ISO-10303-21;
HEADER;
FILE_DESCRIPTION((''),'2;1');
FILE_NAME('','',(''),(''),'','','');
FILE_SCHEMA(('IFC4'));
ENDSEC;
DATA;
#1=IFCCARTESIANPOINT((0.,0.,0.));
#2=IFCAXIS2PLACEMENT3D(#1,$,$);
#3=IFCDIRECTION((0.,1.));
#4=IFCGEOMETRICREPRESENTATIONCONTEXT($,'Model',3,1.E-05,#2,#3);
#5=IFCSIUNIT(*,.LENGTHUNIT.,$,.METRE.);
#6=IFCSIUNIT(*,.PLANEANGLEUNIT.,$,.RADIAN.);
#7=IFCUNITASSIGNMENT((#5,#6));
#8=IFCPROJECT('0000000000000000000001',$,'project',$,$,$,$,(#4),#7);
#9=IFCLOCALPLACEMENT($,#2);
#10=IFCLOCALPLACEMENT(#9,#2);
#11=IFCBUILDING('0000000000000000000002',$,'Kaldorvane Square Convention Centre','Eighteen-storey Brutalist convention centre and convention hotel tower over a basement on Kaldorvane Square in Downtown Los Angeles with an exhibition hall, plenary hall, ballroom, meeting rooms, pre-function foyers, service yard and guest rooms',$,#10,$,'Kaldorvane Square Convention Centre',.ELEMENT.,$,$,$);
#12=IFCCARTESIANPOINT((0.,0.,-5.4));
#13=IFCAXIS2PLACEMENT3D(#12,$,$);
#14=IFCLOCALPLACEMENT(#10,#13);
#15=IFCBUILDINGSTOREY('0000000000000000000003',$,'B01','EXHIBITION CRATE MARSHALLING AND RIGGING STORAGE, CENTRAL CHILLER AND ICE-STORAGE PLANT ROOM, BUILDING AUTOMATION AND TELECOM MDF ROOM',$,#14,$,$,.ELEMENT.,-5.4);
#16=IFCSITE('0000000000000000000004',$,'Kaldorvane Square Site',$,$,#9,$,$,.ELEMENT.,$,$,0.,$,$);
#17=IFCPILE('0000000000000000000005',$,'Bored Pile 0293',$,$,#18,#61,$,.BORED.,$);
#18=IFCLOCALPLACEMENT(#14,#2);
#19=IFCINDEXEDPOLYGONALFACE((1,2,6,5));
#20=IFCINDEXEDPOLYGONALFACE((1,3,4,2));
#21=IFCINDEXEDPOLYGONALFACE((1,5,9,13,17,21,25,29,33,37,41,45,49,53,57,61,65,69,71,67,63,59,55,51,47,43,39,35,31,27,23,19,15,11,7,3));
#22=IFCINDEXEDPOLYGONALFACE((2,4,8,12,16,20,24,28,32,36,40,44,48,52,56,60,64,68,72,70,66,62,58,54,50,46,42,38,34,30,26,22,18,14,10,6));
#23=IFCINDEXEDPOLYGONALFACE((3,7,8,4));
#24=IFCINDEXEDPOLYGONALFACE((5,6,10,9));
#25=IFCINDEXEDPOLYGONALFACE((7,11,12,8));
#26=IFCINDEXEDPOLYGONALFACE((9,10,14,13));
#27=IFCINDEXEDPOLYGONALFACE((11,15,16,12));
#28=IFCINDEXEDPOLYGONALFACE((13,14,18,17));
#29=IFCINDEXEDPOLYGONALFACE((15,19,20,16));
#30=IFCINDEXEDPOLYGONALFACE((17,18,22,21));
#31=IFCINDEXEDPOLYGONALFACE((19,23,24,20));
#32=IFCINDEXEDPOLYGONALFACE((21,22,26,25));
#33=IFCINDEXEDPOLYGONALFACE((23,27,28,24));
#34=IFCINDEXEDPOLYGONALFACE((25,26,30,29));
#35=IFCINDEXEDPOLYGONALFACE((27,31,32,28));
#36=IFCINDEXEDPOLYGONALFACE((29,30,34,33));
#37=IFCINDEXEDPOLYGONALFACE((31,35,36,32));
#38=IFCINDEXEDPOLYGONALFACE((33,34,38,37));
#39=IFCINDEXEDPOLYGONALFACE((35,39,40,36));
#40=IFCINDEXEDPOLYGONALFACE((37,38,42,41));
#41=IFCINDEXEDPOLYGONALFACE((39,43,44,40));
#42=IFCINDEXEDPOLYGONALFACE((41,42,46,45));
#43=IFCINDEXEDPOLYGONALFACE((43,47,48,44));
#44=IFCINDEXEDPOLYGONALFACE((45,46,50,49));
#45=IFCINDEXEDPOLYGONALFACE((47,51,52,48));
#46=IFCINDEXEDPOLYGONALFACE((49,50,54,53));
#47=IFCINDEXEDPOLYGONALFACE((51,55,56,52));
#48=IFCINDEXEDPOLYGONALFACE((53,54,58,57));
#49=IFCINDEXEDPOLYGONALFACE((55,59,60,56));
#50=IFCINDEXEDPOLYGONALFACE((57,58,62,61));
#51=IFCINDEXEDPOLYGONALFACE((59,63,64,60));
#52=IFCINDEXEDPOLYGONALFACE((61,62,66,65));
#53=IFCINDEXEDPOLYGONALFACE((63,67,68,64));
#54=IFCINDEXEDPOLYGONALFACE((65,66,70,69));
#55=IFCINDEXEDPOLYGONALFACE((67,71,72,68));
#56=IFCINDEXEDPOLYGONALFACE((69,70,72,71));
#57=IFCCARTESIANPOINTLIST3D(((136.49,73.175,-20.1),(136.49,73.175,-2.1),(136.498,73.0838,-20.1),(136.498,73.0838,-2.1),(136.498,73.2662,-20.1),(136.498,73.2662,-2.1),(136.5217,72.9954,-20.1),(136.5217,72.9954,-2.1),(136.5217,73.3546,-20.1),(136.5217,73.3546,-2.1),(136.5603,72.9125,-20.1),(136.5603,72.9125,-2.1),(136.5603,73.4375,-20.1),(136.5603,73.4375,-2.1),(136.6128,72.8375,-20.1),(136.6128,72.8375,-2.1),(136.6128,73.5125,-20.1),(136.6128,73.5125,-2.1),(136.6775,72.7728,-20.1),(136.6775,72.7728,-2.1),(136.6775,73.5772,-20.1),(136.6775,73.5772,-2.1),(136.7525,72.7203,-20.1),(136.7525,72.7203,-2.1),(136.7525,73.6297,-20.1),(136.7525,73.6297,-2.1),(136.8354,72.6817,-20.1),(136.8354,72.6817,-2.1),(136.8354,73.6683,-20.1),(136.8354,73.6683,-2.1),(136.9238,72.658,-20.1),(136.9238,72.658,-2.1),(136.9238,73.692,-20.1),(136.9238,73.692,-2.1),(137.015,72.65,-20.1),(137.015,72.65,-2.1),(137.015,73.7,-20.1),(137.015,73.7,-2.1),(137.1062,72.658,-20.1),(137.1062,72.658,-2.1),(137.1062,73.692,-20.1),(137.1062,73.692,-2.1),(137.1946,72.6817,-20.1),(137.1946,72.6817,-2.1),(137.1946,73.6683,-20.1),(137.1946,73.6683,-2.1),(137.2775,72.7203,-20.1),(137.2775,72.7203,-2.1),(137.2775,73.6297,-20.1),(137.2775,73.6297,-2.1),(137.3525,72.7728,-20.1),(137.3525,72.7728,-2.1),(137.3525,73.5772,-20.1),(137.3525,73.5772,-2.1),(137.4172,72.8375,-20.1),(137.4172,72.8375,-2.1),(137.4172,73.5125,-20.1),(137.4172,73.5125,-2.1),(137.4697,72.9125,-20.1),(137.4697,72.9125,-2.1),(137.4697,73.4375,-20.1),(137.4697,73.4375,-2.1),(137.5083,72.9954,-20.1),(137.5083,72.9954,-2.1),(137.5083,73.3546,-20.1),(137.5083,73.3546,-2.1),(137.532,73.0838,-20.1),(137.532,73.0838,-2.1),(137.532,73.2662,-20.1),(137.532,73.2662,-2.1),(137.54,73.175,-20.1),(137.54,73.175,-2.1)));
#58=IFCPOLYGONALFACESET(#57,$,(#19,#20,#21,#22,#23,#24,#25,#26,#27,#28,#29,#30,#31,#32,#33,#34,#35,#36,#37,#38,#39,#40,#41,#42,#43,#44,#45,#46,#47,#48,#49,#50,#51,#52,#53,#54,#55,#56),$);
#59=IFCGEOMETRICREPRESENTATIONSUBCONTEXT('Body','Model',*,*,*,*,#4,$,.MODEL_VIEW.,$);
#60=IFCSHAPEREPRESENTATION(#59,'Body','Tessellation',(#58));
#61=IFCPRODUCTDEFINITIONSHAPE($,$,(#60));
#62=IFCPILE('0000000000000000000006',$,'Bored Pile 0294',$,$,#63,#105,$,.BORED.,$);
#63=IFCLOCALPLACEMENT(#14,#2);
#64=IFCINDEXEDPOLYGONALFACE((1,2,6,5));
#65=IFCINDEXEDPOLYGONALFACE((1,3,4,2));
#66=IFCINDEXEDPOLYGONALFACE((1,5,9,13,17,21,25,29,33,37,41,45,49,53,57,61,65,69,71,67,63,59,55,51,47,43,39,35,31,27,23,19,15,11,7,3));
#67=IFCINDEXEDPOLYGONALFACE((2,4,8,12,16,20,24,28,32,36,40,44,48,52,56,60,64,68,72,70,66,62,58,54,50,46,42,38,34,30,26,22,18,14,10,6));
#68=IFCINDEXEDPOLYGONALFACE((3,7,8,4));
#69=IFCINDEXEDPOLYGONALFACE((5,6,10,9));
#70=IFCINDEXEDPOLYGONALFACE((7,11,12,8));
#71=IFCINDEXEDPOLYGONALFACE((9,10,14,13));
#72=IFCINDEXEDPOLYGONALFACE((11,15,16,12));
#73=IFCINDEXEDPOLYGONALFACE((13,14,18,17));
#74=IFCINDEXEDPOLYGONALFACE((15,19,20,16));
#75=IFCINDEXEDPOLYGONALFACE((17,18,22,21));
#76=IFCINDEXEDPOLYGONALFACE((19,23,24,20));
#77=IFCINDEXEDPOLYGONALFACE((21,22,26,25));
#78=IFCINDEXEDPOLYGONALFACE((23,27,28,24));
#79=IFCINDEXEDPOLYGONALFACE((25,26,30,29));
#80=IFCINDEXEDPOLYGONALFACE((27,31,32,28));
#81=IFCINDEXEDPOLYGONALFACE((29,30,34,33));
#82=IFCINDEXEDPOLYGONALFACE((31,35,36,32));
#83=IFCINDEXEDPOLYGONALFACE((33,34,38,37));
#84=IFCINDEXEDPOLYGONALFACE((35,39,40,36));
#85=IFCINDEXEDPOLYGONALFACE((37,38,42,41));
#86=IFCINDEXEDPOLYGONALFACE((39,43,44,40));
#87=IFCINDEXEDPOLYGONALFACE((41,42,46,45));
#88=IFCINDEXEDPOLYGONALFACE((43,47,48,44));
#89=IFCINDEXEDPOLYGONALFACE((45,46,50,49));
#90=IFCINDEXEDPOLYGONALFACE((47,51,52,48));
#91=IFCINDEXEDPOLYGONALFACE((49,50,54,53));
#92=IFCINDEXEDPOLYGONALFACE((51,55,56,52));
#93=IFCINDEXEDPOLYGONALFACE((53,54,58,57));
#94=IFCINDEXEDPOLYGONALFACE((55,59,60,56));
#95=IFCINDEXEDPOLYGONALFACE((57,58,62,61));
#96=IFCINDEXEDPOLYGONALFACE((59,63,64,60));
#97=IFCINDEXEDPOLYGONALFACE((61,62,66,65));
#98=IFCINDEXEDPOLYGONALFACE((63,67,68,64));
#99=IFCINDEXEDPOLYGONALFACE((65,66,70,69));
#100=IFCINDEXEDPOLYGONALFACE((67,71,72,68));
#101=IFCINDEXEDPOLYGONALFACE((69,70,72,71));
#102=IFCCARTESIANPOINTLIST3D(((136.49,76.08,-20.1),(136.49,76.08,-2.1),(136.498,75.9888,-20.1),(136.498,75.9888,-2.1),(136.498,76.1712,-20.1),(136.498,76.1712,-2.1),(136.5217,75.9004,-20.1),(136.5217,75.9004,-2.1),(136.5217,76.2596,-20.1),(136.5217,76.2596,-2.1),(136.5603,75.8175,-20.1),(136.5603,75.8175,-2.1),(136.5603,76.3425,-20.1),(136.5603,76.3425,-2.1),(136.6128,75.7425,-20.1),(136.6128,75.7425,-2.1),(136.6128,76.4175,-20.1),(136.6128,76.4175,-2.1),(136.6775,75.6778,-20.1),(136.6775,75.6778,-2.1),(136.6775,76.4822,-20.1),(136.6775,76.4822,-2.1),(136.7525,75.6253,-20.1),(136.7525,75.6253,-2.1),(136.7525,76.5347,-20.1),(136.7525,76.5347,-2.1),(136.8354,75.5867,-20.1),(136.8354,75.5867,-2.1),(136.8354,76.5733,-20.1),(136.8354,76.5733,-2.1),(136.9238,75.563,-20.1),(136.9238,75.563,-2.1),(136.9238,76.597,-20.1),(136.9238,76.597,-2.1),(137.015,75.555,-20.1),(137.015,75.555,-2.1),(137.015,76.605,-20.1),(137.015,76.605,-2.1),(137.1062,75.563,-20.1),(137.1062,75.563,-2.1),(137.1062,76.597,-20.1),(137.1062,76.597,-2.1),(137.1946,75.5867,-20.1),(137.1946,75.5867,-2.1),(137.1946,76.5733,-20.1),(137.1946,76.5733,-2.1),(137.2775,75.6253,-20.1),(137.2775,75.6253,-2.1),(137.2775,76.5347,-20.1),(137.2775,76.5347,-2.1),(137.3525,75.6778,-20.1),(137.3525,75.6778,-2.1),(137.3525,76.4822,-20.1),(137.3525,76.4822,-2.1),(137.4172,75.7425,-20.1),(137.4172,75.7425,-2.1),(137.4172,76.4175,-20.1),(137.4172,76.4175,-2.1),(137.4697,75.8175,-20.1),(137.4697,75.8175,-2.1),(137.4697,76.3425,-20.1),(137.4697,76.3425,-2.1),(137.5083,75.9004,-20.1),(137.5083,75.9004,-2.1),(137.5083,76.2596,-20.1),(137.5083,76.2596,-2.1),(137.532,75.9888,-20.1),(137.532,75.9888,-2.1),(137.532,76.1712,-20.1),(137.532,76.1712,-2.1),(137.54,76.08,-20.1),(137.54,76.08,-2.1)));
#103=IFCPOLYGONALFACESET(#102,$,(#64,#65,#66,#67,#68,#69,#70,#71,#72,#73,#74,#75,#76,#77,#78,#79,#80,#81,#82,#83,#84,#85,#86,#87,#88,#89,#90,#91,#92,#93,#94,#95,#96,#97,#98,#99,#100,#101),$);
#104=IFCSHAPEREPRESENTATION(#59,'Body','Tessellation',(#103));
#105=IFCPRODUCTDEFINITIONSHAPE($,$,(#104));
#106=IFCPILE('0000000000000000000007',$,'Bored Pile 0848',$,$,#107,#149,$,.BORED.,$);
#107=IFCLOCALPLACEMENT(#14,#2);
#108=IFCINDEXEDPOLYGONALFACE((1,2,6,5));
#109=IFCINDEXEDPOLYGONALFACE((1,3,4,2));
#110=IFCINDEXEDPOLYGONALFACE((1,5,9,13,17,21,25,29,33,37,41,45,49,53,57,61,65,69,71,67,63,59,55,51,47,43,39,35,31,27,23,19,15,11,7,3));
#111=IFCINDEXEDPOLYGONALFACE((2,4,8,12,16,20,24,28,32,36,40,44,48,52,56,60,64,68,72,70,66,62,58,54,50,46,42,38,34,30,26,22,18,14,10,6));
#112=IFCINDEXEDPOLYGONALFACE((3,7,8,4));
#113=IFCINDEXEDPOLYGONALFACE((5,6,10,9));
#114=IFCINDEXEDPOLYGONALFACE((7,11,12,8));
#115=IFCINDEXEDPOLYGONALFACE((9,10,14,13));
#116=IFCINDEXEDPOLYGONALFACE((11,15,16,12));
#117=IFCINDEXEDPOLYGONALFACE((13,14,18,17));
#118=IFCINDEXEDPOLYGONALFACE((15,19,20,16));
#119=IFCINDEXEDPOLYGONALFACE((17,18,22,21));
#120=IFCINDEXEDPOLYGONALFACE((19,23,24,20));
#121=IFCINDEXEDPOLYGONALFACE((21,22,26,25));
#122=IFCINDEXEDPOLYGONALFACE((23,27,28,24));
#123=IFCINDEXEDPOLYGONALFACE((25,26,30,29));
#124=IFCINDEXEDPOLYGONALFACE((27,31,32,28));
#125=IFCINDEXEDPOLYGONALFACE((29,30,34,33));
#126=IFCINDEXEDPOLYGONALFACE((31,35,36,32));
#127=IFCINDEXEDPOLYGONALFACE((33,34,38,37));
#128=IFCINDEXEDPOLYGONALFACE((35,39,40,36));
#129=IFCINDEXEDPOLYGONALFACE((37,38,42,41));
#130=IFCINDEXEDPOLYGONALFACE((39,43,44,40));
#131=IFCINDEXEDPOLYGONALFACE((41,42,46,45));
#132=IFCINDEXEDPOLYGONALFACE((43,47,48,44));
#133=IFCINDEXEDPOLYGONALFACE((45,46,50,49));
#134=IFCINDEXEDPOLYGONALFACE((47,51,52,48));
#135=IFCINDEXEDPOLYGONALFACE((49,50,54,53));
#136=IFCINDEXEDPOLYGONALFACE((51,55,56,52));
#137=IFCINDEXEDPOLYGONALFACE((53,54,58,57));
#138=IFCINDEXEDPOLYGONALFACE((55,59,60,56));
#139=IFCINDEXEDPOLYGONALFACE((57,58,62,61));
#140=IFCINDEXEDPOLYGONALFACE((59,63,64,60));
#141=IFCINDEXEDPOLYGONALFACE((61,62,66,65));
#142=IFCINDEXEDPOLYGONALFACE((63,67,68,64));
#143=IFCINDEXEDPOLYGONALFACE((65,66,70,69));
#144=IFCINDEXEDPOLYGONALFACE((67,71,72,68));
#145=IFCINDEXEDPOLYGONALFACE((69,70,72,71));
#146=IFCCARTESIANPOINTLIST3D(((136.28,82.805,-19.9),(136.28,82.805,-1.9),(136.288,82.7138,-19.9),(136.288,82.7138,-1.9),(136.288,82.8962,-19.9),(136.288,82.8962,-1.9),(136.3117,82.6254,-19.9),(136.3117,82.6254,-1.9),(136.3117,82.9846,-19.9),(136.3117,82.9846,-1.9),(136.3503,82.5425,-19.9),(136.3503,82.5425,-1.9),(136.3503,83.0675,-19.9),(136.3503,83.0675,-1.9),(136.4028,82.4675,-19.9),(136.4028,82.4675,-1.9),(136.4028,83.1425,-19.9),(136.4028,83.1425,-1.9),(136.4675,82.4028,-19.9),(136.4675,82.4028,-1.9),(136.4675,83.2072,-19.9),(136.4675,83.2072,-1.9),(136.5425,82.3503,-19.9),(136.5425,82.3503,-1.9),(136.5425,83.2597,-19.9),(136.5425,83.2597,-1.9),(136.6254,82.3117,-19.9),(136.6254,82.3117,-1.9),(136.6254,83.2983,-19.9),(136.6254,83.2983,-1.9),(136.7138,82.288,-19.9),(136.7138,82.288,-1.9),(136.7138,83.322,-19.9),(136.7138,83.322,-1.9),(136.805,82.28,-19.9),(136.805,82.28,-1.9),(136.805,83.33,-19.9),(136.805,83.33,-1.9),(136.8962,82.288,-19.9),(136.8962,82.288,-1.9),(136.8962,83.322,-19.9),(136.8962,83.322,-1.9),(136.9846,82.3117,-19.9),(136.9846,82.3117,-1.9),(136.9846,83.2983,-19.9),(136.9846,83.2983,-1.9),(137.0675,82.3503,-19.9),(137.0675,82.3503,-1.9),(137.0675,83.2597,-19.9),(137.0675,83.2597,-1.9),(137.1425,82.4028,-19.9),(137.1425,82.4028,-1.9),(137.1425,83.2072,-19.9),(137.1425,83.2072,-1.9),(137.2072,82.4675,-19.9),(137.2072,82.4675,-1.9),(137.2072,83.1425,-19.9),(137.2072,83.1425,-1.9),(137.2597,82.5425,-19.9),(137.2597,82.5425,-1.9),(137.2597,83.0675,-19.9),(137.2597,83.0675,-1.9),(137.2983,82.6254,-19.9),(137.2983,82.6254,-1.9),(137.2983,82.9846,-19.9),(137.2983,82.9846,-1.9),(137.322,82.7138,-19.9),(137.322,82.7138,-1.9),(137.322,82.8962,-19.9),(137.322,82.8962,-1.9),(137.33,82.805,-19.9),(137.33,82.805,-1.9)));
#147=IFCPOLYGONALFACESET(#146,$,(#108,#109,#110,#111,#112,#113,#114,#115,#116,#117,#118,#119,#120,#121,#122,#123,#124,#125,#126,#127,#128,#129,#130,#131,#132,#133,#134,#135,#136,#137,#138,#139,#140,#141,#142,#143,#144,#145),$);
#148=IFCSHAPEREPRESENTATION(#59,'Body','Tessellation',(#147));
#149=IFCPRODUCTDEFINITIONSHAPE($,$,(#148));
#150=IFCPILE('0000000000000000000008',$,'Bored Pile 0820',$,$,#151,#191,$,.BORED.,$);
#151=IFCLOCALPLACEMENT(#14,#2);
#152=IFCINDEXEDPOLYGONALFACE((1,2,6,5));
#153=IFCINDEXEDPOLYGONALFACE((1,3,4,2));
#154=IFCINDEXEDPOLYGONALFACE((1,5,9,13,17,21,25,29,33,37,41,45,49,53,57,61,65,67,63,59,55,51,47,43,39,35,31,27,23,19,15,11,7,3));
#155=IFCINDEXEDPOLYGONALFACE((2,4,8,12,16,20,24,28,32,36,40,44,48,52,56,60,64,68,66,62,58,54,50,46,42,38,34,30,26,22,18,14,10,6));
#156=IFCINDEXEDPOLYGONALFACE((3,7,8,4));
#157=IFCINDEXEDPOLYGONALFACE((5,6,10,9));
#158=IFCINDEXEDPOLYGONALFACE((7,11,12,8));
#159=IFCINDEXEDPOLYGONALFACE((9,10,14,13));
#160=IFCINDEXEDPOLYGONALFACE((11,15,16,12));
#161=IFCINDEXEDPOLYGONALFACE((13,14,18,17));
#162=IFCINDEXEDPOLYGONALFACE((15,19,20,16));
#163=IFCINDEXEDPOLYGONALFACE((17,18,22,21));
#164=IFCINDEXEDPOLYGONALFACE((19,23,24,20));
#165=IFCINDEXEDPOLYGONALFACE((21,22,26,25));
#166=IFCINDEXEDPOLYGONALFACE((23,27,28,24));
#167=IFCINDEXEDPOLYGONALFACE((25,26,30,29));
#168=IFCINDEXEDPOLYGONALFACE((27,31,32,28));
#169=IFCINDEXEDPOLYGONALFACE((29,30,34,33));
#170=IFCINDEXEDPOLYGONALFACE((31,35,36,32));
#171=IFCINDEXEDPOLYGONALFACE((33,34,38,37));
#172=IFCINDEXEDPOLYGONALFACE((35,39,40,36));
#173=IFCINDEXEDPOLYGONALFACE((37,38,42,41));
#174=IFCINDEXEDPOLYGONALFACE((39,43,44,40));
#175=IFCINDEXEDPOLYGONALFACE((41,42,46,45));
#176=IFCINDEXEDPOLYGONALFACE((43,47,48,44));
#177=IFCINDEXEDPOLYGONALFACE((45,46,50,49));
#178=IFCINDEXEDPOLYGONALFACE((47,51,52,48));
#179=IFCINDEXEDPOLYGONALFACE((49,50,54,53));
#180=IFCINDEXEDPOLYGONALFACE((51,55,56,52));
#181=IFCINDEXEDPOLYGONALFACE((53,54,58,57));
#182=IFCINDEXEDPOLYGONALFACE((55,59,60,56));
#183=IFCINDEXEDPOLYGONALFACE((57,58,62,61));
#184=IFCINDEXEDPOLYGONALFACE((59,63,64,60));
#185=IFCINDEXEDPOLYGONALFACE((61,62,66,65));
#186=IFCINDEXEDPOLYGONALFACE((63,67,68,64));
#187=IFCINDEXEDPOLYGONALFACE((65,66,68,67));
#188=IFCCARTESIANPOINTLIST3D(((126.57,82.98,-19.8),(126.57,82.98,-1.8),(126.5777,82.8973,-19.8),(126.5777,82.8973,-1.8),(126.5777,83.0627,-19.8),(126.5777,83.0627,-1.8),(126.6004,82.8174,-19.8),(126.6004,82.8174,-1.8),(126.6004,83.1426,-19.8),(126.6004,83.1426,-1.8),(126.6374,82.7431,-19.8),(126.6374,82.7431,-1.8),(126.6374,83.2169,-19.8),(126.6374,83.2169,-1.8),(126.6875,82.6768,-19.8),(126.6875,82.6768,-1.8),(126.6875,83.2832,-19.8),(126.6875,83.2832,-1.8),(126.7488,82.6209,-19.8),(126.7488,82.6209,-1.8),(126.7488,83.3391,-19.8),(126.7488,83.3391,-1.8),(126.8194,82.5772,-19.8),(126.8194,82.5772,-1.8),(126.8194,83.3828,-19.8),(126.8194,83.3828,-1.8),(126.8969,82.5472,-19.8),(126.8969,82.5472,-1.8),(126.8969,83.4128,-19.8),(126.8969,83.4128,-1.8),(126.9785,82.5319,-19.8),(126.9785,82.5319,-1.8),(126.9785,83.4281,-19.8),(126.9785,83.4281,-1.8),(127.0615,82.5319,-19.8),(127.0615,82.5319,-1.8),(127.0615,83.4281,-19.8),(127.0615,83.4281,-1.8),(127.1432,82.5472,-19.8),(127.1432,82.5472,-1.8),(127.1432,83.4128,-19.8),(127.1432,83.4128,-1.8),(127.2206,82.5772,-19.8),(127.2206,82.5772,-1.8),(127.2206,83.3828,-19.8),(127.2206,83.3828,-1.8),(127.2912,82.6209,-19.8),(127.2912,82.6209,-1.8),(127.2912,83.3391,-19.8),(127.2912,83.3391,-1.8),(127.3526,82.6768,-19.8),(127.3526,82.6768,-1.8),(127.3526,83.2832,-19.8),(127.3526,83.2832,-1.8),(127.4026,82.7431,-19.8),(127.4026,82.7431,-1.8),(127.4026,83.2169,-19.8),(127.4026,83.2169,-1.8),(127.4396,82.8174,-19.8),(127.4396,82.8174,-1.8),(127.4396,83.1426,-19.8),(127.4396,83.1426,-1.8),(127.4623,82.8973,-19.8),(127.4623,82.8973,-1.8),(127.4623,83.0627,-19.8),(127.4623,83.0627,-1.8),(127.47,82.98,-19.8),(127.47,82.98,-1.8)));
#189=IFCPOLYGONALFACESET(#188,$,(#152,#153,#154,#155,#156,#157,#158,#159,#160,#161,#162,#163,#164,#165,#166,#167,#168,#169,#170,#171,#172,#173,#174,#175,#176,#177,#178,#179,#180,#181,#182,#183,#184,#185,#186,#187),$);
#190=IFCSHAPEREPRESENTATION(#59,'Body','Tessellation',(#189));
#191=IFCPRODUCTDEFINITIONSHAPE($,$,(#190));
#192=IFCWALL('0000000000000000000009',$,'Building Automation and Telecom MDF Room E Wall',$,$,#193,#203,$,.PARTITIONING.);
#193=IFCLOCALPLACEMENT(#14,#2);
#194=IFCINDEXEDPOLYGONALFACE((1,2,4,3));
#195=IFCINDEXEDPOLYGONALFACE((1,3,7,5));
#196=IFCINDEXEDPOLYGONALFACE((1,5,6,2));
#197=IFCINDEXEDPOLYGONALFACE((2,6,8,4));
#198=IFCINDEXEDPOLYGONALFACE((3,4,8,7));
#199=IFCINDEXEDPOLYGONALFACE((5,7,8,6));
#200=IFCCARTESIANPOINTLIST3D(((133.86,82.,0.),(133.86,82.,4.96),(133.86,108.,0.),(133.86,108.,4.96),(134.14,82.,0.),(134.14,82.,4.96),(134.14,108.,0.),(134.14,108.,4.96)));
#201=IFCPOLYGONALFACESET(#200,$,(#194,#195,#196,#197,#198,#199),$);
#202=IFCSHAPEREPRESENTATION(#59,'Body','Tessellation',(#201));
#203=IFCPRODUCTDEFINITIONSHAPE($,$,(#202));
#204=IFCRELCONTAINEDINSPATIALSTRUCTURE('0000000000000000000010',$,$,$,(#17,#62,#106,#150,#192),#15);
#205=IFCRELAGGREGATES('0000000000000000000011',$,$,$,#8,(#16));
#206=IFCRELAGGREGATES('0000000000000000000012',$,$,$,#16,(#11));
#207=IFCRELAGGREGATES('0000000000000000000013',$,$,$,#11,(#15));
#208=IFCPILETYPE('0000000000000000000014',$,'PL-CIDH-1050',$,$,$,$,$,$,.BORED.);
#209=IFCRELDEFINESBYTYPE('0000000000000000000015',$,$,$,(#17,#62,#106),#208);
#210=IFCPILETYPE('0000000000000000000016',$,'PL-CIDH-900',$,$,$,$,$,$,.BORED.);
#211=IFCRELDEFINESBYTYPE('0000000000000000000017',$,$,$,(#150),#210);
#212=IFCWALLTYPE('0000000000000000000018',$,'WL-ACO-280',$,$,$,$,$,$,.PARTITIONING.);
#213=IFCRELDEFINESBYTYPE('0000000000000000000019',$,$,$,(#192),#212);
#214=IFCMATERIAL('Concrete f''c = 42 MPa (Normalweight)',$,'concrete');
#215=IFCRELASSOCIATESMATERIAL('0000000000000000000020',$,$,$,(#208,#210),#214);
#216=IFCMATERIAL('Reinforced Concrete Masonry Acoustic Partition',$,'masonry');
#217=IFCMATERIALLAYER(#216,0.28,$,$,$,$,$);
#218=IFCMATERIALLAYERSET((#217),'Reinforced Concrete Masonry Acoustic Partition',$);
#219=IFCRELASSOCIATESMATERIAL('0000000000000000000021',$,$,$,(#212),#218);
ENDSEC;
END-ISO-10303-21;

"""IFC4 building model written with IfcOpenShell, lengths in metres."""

from ifc_helpers import new_model, si_unit, direction, frame, frame_2d, origin, origin_2d, place, context, subcontext, project, spatial, rectangle, circle, extrude, material, layer, layer_set, material_profile, profile_set, type_object, element, save


model = new_model("IFC4")

# Units and contexts
model_context = context("Model", 3, precision=1e-05, world=origin(), true_north=direction((0.0, 1.0)))
body_context = subcontext(model_context, "Body", "Model", "MODEL_VIEW")
ifc_project = project(units=[si_unit("LENGTHUNIT", "METRE"), si_unit("PLANEANGLEUNIT", "RADIAN")], contexts=[model_context])

# Site, building, storey
site_placement = place(None, origin())
site = spatial("IfcSite", under=ifc_project, at=site_placement, Name="Kaldorvane Square Site", CompositionType="ELEMENT", RefElevation=0.0)
building_placement = place(site_placement, origin())
building = spatial("IfcBuilding", under=site, at=building_placement, Name="Kaldorvane Square Convention Centre", Description="Eighteen-storey Brutalist convention centre and convention hotel tower over a basement on Kaldorvane Square in Downtown Los Angeles with an exhibition hall, plenary hall, ballroom, meeting rooms, pre-function foyers, service yard and guest rooms", LongName="Kaldorvane Square Convention Centre", CompositionType="ELEMENT")
storey_placement = place(building_placement, frame((0.0, 0.0, -5.4)))
storey = spatial("IfcBuildingStorey", under=building, at=storey_placement, Name="B01", Description="EXHIBITION CRATE MARSHALLING AND RIGGING STORAGE, CENTRAL CHILLER AND ICE-STORAGE PLANT ROOM, BUILDING AUTOMATION AND TELECOM MDF ROOM", CompositionType="ELEMENT", Elevation=-5.4)

# Shared definitions
ifc_material_1 = material(Name="Concrete f'c = 42 MPa (Normalweight)", Category="concrete")

# Piles
ifc_material_profile_1 = material_profile(ifc_material_1, circle(Radius=0.525, at=origin_2d()), Name="PILE-D1050")
ifc_profile_set_1 = profile_set([ifc_material_profile_1], Name="Concrete f'c = 42 MPa (Normalweight)")
pile_type_1 = type_object("IfcPileType", Name="PL-CIDH-1050", PredefinedType="BORED", material=ifc_profile_set_1)
for number, where, z_axis, x_axis, name in (
    (1, (137.015, 73.175, -2.1), (0.0, 0.0, -1.0), (1.0, 0.0, 0.0), "Bored Pile 0293"),
    (2, (137.015, 76.08, -2.1), (0.0, 0.0, -1.0), (1.0, 0.0, 0.0), "Bored Pile 0294"),
    (3, (136.805, 82.805, -1.9), (0.0, 0.0, -1.0), (1.0, 0.0, 0.0), "Bored Pile 0848"),
):
    element("IfcPile", number, at=place(storey_placement, frame(where, z_axis=z_axis, x_axis=x_axis)), inside=storey, type_object=pile_type_1, Name=name, PredefinedType="BORED", context=body_context, shape_type="SweptSolid", body=[
        extrude(circle(Radius=0.525, at=origin_2d()), origin(), (0.0, 0.0, 1.0), 18.0),
    ])
ifc_material_profile_2 = material_profile(ifc_material_1, circle(Radius=0.45, at=origin_2d()), Name="PILE-D900")
ifc_profile_set_2 = profile_set([ifc_material_profile_2], Name="Concrete f'c = 42 MPa (Normalweight)")
pile_type_2 = type_object("IfcPileType", Name="PL-CIDH-900", PredefinedType="BORED", material=ifc_profile_set_2)
pile_placement = place(storey_placement, frame((127.02, 82.98, -1.8), z_axis=(0.0, 0.0, -1.0), x_axis=(1.0, 0.0, 0.0)))
element("IfcPile", 4, at=pile_placement, inside=storey, type_object=pile_type_2, Name="Bored Pile 0820", PredefinedType="BORED", context=body_context, shape_type="SweptSolid", body=[
    extrude(circle(Radius=0.45, at=origin_2d()), origin(), (0.0, 0.0, 1.0), 18.0),
])

# Wall
ifc_material_2 = material(Name="Reinforced Concrete Masonry Acoustic Partition", Category="masonry")
ifc_layer = layer(ifc_material_2, 0.28)
ifc_layer_set = layer_set([ifc_layer], Name="Reinforced Concrete Masonry Acoustic Partition")
wall_type = type_object("IfcWallType", Name="WL-ACO-280", PredefinedType="PARTITIONING", material=ifc_layer_set)
wall_placement = place(storey_placement, frame((134.0, 82.0, 0.0), z_axis=(0.0, 0.0, 1.0), x_axis=(0.0, 1.0, 0.0)))
element("IfcWall", 5, at=wall_placement, inside=storey, type_object=wall_type, Name="Building Automation and Telecom MDF Room E Wall", PredefinedType="PARTITIONING", context=body_context, shape_type="SweptSolid", body=[
    extrude(rectangle(XDim=26.0, YDim=0.28, at=frame_2d((13.0, 0.0))), origin(), (0.0, 0.0, 1.0), 4.96),
])

save(model, "model.ifc")
